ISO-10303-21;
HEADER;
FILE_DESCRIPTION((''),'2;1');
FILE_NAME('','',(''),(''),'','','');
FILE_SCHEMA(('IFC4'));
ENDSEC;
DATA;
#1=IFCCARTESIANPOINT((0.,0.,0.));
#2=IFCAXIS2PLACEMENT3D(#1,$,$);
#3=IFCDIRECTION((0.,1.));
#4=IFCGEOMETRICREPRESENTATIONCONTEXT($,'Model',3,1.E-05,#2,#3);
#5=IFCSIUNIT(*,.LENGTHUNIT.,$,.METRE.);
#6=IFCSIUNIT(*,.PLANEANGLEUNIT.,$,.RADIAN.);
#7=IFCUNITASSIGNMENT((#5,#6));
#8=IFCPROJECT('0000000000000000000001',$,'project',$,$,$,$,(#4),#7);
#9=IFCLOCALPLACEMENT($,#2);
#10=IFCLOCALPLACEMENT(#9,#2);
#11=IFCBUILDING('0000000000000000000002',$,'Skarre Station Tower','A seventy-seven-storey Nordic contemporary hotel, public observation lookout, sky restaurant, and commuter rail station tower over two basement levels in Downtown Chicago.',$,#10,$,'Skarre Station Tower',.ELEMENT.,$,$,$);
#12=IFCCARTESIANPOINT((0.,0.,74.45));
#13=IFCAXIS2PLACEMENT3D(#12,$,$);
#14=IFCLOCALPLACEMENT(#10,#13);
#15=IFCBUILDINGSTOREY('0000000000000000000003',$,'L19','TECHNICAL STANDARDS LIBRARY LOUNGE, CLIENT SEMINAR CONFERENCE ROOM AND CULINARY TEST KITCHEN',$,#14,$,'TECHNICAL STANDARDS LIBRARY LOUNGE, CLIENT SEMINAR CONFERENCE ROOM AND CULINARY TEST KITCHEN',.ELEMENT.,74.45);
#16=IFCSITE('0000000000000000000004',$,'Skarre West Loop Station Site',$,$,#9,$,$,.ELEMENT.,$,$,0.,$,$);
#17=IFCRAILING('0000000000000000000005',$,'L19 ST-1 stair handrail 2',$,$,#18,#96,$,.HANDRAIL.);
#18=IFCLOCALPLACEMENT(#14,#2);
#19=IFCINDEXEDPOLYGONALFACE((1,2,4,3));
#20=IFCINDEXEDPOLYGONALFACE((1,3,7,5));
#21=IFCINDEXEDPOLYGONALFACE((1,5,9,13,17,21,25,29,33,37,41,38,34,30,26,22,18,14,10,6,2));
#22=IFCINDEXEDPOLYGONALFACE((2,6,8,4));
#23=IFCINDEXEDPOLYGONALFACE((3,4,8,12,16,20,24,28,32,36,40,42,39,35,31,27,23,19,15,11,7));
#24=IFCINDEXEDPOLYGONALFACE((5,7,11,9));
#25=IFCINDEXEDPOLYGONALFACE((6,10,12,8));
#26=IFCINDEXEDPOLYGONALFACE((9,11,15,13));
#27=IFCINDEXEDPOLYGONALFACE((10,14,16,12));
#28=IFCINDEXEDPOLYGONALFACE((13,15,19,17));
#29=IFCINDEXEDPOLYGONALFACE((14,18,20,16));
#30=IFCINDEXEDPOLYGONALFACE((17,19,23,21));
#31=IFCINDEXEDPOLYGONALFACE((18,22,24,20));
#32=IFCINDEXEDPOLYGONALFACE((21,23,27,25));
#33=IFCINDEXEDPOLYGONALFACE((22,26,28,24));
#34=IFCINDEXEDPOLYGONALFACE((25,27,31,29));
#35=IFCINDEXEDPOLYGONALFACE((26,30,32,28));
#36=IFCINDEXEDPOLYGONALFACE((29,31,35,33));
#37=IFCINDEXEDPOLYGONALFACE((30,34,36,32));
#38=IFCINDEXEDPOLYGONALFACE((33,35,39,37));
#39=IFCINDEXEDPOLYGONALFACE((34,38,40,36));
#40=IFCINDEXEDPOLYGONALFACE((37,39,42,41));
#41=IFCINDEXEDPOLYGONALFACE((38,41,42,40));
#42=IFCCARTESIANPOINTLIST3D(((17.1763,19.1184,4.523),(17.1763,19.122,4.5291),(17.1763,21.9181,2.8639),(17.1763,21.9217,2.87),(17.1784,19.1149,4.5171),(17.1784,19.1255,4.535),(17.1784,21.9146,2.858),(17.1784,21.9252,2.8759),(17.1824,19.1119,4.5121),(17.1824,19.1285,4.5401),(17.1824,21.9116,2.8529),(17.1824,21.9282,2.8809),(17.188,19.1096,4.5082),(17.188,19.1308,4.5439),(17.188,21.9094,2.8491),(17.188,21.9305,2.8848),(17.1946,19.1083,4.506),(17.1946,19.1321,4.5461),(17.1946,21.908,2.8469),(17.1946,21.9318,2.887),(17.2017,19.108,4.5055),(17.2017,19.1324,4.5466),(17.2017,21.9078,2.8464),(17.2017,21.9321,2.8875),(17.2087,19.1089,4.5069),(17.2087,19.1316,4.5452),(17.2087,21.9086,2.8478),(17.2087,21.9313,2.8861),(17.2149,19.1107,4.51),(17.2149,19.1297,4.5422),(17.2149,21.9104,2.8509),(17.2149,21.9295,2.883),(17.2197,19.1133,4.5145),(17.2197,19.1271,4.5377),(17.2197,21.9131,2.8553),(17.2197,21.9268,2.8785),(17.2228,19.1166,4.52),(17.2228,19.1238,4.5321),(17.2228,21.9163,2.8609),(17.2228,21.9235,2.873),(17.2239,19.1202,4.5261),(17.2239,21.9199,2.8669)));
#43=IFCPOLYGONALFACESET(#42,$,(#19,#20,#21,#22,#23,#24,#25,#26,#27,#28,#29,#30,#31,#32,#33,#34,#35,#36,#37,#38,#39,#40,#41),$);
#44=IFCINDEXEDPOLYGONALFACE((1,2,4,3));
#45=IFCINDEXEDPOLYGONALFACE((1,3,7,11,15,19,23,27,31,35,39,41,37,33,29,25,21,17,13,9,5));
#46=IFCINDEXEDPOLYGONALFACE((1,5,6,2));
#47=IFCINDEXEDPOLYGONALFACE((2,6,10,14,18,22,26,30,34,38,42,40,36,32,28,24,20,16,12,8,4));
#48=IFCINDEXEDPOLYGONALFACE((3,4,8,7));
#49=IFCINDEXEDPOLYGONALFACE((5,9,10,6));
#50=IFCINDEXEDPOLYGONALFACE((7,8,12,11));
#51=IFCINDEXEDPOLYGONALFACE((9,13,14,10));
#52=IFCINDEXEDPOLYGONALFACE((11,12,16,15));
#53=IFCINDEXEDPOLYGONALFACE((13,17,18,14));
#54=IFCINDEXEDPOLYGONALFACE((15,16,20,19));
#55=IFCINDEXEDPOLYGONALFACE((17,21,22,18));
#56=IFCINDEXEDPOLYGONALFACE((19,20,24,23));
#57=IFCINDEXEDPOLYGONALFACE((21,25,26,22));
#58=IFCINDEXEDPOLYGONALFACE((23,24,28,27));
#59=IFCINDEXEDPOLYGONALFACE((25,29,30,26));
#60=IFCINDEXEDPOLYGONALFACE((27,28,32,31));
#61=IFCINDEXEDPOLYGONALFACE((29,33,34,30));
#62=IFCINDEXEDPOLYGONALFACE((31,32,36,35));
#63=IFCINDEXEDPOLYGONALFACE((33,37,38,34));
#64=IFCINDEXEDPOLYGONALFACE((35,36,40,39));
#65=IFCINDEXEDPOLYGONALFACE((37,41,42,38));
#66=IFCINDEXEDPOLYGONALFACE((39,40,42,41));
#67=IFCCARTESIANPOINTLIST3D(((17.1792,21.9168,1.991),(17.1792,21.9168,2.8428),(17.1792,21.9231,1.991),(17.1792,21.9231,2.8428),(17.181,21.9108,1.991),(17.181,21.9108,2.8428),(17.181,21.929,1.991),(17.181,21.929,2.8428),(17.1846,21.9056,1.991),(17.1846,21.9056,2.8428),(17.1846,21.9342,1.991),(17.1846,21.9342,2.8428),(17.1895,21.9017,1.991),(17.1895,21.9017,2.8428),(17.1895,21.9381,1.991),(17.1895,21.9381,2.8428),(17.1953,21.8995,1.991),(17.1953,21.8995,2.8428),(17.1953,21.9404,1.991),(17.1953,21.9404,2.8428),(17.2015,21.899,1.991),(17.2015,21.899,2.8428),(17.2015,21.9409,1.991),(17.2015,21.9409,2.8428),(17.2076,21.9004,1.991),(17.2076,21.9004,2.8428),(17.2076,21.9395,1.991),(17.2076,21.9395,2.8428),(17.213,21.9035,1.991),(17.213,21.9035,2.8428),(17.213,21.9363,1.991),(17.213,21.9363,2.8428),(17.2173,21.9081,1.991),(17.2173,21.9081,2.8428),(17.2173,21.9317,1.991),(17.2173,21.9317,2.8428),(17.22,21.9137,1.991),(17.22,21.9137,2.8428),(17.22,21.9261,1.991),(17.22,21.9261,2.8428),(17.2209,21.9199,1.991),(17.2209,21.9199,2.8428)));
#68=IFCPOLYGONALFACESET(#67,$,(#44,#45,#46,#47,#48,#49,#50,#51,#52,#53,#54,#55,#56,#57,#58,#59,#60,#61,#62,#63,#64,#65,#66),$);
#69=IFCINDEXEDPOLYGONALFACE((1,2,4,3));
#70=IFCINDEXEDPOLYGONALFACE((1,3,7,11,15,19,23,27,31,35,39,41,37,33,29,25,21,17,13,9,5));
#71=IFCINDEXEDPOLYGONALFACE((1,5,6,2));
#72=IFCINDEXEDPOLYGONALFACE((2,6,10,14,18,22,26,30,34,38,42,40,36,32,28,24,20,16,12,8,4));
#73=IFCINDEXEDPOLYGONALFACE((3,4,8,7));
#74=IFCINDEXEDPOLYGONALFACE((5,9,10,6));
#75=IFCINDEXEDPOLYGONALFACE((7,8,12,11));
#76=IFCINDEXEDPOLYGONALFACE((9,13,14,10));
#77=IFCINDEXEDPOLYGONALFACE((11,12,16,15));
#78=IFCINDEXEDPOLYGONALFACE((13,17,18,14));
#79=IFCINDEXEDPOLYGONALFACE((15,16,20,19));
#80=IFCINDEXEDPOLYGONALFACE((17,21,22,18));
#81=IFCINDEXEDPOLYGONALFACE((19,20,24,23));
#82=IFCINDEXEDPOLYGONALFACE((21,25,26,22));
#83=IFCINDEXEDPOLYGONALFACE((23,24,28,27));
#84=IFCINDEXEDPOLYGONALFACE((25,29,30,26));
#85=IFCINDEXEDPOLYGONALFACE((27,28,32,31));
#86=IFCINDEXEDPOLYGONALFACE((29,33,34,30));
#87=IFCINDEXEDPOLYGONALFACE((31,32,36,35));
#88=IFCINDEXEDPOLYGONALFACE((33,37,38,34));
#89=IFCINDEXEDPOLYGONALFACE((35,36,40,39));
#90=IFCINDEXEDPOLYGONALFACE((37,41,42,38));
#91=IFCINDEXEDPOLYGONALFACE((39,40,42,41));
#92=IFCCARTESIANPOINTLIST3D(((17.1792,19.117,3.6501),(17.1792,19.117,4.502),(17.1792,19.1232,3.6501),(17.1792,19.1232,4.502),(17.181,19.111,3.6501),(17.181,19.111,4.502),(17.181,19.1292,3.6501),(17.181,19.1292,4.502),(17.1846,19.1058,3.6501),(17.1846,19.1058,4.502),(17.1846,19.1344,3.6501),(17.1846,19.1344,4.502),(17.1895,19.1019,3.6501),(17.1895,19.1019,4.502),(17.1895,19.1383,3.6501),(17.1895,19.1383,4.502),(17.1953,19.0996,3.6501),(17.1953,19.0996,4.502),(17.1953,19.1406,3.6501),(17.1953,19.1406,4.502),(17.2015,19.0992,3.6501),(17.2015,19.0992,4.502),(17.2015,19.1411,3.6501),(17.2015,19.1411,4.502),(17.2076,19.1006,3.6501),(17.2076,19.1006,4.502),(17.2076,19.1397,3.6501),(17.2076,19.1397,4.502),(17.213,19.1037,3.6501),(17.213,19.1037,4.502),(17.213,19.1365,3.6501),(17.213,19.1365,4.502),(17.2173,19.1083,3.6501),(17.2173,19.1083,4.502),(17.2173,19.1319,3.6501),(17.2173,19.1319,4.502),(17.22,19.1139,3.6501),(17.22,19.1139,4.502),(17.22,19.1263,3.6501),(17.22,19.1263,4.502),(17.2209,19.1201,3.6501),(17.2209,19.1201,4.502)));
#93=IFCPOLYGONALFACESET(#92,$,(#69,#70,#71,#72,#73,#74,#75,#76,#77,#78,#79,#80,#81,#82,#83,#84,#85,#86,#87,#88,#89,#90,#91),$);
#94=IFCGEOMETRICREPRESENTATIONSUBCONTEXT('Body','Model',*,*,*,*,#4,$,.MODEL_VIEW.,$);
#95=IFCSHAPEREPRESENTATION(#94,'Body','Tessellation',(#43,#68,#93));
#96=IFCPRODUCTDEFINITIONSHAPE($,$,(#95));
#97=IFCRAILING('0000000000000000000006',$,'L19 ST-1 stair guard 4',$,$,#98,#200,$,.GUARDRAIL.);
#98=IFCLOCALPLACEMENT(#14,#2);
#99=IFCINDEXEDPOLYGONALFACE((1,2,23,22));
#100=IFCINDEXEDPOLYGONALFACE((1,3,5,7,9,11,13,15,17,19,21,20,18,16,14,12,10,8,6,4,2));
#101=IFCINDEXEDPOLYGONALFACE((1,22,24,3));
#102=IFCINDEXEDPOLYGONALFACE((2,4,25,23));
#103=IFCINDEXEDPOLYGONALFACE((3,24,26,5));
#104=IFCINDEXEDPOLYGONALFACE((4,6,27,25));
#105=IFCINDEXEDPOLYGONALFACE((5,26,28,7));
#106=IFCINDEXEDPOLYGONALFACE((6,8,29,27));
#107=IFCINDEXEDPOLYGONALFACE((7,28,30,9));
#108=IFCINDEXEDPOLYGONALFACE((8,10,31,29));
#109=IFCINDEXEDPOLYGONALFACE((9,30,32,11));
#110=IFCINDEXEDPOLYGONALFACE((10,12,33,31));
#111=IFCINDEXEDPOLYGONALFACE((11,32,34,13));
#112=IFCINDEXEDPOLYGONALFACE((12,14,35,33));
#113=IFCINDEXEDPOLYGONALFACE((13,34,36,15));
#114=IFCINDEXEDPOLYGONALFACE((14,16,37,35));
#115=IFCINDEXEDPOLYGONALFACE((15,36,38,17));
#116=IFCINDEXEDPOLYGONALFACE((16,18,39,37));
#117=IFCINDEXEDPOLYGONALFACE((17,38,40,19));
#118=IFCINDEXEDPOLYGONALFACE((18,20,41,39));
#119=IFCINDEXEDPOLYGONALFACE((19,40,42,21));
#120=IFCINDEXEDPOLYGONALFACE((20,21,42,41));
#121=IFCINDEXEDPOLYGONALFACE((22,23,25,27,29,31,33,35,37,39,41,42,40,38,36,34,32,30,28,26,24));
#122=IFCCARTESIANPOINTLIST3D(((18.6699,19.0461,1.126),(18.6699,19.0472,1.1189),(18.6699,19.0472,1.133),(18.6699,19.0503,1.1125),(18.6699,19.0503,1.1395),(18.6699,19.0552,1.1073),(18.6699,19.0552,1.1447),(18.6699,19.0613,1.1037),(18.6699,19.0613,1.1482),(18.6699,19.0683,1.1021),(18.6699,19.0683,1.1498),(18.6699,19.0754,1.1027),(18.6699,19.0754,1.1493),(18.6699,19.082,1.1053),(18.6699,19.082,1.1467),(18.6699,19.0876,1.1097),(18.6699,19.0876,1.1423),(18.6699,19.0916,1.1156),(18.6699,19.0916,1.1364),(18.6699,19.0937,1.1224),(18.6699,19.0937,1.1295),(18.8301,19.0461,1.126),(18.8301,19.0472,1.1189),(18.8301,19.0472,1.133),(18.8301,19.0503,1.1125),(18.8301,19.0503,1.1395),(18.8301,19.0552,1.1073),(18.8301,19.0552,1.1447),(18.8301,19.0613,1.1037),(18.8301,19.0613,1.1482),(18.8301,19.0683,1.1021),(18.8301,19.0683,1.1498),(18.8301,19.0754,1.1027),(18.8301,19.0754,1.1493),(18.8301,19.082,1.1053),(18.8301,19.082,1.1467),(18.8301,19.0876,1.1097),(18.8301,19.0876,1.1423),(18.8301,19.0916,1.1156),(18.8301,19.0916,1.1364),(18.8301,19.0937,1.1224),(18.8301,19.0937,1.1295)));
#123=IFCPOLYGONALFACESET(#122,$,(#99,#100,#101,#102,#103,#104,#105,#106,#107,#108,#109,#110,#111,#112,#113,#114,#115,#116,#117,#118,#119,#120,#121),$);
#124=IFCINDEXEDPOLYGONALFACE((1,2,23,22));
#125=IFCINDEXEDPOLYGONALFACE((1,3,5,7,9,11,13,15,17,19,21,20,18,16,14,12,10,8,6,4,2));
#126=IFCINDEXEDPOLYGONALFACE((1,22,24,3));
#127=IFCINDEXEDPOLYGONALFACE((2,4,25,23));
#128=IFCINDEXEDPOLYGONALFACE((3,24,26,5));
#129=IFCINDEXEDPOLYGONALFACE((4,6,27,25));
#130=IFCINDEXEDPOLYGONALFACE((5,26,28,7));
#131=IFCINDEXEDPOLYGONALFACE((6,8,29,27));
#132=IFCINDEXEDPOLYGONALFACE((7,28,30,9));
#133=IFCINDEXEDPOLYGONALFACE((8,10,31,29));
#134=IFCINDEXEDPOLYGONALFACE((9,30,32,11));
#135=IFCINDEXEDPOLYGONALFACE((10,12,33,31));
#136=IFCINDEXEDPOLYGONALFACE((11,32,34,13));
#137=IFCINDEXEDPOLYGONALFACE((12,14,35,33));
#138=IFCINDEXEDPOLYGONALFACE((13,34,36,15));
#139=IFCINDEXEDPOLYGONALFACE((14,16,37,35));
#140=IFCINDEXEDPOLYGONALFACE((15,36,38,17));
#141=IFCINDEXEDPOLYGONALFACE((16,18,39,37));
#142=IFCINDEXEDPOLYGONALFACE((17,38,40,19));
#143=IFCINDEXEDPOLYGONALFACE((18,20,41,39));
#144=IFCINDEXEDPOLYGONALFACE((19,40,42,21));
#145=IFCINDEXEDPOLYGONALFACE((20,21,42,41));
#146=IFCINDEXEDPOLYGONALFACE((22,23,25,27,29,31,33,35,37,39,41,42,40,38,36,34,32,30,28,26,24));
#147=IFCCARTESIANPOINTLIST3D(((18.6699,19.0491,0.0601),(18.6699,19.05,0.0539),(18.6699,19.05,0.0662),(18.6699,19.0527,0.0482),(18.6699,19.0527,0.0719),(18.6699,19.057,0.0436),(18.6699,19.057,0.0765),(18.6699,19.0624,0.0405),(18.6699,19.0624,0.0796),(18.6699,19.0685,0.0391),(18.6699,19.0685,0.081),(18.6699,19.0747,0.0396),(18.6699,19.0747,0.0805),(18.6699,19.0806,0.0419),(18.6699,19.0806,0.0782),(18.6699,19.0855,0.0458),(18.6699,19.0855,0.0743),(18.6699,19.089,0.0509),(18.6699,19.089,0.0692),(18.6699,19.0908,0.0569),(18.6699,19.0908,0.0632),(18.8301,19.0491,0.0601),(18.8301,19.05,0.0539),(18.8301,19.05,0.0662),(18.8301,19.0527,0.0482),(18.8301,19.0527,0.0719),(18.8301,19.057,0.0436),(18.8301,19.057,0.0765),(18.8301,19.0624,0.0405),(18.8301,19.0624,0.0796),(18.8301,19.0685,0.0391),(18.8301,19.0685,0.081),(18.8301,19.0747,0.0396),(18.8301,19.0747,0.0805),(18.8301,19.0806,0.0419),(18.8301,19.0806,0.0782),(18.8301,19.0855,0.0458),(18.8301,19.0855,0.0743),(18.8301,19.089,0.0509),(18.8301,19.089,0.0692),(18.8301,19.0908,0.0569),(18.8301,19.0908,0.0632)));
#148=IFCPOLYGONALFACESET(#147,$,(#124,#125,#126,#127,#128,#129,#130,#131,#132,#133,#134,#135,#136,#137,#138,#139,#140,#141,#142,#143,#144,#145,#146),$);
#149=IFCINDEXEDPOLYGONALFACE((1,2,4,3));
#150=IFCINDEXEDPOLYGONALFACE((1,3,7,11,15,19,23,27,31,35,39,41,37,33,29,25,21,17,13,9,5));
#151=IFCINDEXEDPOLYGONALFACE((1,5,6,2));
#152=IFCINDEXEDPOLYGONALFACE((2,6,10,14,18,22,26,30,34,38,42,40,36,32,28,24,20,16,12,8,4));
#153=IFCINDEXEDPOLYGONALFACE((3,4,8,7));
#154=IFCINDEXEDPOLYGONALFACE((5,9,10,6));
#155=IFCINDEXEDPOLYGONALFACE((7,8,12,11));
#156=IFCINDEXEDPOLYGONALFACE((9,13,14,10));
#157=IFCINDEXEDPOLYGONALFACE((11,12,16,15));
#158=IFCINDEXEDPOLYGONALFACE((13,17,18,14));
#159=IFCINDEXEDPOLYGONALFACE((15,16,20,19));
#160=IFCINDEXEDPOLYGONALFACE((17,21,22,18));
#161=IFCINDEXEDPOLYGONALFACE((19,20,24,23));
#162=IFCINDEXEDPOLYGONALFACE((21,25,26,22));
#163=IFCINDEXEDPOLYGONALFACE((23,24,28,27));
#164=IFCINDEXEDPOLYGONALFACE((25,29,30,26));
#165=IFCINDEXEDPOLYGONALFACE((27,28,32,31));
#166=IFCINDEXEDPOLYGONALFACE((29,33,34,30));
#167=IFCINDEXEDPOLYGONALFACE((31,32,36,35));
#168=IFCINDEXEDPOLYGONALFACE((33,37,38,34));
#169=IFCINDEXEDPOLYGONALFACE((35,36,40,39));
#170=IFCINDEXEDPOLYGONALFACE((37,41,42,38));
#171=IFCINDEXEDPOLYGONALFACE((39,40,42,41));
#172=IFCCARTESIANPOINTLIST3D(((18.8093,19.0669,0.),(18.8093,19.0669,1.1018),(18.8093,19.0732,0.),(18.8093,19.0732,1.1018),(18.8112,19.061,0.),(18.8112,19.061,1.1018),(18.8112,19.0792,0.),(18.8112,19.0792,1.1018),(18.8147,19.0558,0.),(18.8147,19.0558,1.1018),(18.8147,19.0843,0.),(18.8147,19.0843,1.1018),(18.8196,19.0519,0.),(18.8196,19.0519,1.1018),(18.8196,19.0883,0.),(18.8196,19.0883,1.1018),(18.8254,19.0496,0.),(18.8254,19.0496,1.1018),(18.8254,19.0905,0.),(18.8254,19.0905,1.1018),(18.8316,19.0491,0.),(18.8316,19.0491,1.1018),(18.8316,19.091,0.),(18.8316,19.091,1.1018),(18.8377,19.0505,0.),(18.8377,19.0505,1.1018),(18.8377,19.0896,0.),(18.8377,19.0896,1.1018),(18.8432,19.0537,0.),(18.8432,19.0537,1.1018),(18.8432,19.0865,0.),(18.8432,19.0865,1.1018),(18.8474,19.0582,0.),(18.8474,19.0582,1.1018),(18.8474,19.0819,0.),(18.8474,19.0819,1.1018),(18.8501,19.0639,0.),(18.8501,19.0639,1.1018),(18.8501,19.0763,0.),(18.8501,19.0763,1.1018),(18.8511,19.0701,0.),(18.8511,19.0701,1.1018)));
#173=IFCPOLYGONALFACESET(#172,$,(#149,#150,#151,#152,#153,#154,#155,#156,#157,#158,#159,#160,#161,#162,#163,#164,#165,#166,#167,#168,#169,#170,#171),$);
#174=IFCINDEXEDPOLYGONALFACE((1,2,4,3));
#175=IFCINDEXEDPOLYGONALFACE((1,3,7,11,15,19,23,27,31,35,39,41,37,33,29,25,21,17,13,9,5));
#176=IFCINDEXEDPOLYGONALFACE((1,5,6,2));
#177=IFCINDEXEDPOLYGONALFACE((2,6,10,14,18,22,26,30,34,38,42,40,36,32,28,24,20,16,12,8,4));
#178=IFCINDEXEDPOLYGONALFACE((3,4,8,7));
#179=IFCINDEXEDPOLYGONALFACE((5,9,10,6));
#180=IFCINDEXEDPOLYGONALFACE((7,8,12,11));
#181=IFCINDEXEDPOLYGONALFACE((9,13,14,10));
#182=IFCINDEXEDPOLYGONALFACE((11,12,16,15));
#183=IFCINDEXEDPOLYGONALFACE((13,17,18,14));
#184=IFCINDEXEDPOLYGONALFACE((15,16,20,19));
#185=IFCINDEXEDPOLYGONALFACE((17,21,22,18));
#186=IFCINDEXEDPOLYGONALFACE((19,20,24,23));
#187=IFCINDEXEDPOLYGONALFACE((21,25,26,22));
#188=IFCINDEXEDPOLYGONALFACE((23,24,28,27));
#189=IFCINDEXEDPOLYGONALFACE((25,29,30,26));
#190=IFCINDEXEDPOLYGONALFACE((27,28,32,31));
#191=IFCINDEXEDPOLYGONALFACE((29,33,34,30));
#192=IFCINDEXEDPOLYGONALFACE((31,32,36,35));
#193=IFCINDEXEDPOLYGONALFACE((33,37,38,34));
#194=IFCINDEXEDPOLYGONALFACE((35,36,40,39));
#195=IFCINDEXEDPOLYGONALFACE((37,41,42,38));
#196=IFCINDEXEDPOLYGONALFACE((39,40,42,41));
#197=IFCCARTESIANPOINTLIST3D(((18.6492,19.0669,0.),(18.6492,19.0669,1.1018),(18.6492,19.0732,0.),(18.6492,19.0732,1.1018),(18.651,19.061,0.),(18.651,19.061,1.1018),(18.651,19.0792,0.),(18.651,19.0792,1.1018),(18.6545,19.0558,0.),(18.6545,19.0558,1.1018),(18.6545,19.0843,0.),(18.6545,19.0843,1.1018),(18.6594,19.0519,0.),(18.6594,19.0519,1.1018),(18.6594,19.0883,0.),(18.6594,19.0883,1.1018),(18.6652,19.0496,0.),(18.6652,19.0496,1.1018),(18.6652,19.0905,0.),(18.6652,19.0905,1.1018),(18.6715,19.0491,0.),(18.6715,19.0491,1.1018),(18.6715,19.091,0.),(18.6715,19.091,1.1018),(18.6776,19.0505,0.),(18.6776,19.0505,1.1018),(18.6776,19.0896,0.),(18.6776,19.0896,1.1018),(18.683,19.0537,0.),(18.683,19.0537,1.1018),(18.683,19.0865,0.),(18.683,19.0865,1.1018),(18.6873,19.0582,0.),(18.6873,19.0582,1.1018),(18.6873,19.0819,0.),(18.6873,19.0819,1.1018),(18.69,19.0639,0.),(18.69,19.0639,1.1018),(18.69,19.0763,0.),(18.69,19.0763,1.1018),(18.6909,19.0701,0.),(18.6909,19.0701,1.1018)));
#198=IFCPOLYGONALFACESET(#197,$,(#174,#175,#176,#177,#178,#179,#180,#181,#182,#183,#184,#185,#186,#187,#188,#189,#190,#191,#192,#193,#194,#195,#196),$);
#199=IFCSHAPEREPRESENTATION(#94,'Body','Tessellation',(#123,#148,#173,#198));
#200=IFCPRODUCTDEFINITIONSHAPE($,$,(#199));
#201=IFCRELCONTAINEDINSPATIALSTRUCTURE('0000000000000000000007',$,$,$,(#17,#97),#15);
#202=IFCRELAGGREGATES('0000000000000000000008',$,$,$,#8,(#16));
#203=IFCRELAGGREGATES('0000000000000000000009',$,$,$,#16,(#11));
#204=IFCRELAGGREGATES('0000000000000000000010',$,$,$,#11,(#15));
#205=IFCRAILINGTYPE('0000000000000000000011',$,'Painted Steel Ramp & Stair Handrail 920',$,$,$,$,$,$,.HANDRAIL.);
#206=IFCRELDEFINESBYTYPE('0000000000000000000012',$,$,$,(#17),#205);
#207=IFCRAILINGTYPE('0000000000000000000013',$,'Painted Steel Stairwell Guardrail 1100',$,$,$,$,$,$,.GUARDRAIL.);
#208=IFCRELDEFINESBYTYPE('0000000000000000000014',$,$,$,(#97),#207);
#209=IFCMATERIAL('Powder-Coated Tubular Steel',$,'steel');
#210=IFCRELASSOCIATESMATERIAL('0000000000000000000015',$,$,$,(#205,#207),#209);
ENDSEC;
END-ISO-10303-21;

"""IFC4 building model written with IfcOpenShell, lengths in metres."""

from ifc_helpers import new_model, si_unit, direction, frame, origin, origin_2d, place, context, subcontext, project, spatial, circle, extrude, material, type_object, element, save


model = new_model("IFC4")

# Units and contexts
model_context = context("Model", 3, precision=1e-05, world=origin(), true_north=direction((0.0, 1.0)))
body_context = subcontext(model_context, "Body", "Model", "MODEL_VIEW")
ifc_project = project(units=[si_unit("LENGTHUNIT", "METRE"), si_unit("PLANEANGLEUNIT", "RADIAN")], contexts=[model_context])

# Site, building, storey
site_placement = place(None, origin())
site = spatial("IfcSite", under=ifc_project, at=site_placement, Name="Skarre West Loop Station Site", CompositionType="ELEMENT", RefElevation=0.0)
building_placement = place(site_placement, origin())
building = spatial("IfcBuilding", under=site, at=building_placement, Name="Skarre Station Tower", Description="A seventy-seven-storey Nordic contemporary hotel, public observation lookout, sky restaurant, and commuter rail station tower over two basement levels in Downtown Chicago.", LongName="Skarre Station Tower", CompositionType="ELEMENT")
storey_placement = place(building_placement, frame((0.0, 0.0, 74.45)))
storey = spatial("IfcBuildingStorey", under=building, at=storey_placement, Name="L19", Description="TECHNICAL STANDARDS LIBRARY LOUNGE, CLIENT SEMINAR CONFERENCE ROOM AND CULINARY TEST KITCHEN", LongName="TECHNICAL STANDARDS LIBRARY LOUNGE, CLIENT SEMINAR CONFERENCE ROOM AND CULINARY TEST KITCHEN", CompositionType="ELEMENT", Elevation=74.45)

# Railings
ifc_material_1 = material(Name="Powder-Coated Tubular Steel", Category="steel")
railing_type_1 = type_object("IfcRailingType", Name="Painted Steel Ramp & Stair Handrail 920", PredefinedType="HANDRAIL", material=ifc_material_1)
railing_1_placement = place(storey_placement, frame((17.2, 21.9199, 1.991)))
element("IfcRailing", 1, at=railing_1_placement, inside=storey, type_object=railing_type_1, Name="L19 ST-1 stair handrail 2", PredefinedType="HANDRAIL", context=body_context, shape_type="SweptSolid", body=[
    extrude(circle(Radius=0.0239, at=origin_2d()), frame((0.0, 0.0, 0.876), z_axis=(0.0, -0.860287, 0.509811), x_axis=(1.0, 0.0, 0.0)), (0.0, 0.0, 1.0), 3.2544),
    extrude(circle(Radius=0.021, at=origin_2d()), origin(), (0.0, 0.0, 1.0), 0.8518),
    extrude(circle(Radius=0.021, at=origin_2d()), frame((0.0, -2.7998, 1.6592)), (0.0, 0.0, 1.0), 0.8518),
])
railing_type_2 = type_object("IfcRailingType", Name="Painted Steel Stairwell Guardrail 1100", PredefinedType="GUARDRAIL", material=ifc_material_1)
railing_2_placement = place(storey_placement, frame((18.8301, 19.0701, 0.0)))
element("IfcRailing", 2, at=railing_2_placement, inside=storey, type_object=railing_type_2, Name="L19 ST-1 stair guard 4", PredefinedType="GUARDRAIL", context=body_context, shape_type="SweptSolid", body=[
    extrude(circle(Radius=0.0239, at=origin_2d()), frame((0.0, 0.0, 1.126), z_axis=(-1.0, 0.0, 0.0), x_axis=(0.0, -1.0, 0.0)), (0.0, 0.0, 1.0), 0.1602),
    extrude(circle(Radius=0.021, at=origin_2d()), frame((0.0, 0.0, 0.0601), z_axis=(-1.0, 0.0, 0.0), x_axis=(0.0, -1.0, 0.0)), (0.0, 0.0, 1.0), 0.1602),
    extrude(circle(Radius=0.021, at=origin_2d()), origin(), (0.0, 0.0, 1.0), 1.1018),
    extrude(circle(Radius=0.021, at=origin_2d()), frame((-0.1602, 0.0, 0.0)), (0.0, 0.0, 1.0), 1.1018),
])

save(model, "model.ifc")
